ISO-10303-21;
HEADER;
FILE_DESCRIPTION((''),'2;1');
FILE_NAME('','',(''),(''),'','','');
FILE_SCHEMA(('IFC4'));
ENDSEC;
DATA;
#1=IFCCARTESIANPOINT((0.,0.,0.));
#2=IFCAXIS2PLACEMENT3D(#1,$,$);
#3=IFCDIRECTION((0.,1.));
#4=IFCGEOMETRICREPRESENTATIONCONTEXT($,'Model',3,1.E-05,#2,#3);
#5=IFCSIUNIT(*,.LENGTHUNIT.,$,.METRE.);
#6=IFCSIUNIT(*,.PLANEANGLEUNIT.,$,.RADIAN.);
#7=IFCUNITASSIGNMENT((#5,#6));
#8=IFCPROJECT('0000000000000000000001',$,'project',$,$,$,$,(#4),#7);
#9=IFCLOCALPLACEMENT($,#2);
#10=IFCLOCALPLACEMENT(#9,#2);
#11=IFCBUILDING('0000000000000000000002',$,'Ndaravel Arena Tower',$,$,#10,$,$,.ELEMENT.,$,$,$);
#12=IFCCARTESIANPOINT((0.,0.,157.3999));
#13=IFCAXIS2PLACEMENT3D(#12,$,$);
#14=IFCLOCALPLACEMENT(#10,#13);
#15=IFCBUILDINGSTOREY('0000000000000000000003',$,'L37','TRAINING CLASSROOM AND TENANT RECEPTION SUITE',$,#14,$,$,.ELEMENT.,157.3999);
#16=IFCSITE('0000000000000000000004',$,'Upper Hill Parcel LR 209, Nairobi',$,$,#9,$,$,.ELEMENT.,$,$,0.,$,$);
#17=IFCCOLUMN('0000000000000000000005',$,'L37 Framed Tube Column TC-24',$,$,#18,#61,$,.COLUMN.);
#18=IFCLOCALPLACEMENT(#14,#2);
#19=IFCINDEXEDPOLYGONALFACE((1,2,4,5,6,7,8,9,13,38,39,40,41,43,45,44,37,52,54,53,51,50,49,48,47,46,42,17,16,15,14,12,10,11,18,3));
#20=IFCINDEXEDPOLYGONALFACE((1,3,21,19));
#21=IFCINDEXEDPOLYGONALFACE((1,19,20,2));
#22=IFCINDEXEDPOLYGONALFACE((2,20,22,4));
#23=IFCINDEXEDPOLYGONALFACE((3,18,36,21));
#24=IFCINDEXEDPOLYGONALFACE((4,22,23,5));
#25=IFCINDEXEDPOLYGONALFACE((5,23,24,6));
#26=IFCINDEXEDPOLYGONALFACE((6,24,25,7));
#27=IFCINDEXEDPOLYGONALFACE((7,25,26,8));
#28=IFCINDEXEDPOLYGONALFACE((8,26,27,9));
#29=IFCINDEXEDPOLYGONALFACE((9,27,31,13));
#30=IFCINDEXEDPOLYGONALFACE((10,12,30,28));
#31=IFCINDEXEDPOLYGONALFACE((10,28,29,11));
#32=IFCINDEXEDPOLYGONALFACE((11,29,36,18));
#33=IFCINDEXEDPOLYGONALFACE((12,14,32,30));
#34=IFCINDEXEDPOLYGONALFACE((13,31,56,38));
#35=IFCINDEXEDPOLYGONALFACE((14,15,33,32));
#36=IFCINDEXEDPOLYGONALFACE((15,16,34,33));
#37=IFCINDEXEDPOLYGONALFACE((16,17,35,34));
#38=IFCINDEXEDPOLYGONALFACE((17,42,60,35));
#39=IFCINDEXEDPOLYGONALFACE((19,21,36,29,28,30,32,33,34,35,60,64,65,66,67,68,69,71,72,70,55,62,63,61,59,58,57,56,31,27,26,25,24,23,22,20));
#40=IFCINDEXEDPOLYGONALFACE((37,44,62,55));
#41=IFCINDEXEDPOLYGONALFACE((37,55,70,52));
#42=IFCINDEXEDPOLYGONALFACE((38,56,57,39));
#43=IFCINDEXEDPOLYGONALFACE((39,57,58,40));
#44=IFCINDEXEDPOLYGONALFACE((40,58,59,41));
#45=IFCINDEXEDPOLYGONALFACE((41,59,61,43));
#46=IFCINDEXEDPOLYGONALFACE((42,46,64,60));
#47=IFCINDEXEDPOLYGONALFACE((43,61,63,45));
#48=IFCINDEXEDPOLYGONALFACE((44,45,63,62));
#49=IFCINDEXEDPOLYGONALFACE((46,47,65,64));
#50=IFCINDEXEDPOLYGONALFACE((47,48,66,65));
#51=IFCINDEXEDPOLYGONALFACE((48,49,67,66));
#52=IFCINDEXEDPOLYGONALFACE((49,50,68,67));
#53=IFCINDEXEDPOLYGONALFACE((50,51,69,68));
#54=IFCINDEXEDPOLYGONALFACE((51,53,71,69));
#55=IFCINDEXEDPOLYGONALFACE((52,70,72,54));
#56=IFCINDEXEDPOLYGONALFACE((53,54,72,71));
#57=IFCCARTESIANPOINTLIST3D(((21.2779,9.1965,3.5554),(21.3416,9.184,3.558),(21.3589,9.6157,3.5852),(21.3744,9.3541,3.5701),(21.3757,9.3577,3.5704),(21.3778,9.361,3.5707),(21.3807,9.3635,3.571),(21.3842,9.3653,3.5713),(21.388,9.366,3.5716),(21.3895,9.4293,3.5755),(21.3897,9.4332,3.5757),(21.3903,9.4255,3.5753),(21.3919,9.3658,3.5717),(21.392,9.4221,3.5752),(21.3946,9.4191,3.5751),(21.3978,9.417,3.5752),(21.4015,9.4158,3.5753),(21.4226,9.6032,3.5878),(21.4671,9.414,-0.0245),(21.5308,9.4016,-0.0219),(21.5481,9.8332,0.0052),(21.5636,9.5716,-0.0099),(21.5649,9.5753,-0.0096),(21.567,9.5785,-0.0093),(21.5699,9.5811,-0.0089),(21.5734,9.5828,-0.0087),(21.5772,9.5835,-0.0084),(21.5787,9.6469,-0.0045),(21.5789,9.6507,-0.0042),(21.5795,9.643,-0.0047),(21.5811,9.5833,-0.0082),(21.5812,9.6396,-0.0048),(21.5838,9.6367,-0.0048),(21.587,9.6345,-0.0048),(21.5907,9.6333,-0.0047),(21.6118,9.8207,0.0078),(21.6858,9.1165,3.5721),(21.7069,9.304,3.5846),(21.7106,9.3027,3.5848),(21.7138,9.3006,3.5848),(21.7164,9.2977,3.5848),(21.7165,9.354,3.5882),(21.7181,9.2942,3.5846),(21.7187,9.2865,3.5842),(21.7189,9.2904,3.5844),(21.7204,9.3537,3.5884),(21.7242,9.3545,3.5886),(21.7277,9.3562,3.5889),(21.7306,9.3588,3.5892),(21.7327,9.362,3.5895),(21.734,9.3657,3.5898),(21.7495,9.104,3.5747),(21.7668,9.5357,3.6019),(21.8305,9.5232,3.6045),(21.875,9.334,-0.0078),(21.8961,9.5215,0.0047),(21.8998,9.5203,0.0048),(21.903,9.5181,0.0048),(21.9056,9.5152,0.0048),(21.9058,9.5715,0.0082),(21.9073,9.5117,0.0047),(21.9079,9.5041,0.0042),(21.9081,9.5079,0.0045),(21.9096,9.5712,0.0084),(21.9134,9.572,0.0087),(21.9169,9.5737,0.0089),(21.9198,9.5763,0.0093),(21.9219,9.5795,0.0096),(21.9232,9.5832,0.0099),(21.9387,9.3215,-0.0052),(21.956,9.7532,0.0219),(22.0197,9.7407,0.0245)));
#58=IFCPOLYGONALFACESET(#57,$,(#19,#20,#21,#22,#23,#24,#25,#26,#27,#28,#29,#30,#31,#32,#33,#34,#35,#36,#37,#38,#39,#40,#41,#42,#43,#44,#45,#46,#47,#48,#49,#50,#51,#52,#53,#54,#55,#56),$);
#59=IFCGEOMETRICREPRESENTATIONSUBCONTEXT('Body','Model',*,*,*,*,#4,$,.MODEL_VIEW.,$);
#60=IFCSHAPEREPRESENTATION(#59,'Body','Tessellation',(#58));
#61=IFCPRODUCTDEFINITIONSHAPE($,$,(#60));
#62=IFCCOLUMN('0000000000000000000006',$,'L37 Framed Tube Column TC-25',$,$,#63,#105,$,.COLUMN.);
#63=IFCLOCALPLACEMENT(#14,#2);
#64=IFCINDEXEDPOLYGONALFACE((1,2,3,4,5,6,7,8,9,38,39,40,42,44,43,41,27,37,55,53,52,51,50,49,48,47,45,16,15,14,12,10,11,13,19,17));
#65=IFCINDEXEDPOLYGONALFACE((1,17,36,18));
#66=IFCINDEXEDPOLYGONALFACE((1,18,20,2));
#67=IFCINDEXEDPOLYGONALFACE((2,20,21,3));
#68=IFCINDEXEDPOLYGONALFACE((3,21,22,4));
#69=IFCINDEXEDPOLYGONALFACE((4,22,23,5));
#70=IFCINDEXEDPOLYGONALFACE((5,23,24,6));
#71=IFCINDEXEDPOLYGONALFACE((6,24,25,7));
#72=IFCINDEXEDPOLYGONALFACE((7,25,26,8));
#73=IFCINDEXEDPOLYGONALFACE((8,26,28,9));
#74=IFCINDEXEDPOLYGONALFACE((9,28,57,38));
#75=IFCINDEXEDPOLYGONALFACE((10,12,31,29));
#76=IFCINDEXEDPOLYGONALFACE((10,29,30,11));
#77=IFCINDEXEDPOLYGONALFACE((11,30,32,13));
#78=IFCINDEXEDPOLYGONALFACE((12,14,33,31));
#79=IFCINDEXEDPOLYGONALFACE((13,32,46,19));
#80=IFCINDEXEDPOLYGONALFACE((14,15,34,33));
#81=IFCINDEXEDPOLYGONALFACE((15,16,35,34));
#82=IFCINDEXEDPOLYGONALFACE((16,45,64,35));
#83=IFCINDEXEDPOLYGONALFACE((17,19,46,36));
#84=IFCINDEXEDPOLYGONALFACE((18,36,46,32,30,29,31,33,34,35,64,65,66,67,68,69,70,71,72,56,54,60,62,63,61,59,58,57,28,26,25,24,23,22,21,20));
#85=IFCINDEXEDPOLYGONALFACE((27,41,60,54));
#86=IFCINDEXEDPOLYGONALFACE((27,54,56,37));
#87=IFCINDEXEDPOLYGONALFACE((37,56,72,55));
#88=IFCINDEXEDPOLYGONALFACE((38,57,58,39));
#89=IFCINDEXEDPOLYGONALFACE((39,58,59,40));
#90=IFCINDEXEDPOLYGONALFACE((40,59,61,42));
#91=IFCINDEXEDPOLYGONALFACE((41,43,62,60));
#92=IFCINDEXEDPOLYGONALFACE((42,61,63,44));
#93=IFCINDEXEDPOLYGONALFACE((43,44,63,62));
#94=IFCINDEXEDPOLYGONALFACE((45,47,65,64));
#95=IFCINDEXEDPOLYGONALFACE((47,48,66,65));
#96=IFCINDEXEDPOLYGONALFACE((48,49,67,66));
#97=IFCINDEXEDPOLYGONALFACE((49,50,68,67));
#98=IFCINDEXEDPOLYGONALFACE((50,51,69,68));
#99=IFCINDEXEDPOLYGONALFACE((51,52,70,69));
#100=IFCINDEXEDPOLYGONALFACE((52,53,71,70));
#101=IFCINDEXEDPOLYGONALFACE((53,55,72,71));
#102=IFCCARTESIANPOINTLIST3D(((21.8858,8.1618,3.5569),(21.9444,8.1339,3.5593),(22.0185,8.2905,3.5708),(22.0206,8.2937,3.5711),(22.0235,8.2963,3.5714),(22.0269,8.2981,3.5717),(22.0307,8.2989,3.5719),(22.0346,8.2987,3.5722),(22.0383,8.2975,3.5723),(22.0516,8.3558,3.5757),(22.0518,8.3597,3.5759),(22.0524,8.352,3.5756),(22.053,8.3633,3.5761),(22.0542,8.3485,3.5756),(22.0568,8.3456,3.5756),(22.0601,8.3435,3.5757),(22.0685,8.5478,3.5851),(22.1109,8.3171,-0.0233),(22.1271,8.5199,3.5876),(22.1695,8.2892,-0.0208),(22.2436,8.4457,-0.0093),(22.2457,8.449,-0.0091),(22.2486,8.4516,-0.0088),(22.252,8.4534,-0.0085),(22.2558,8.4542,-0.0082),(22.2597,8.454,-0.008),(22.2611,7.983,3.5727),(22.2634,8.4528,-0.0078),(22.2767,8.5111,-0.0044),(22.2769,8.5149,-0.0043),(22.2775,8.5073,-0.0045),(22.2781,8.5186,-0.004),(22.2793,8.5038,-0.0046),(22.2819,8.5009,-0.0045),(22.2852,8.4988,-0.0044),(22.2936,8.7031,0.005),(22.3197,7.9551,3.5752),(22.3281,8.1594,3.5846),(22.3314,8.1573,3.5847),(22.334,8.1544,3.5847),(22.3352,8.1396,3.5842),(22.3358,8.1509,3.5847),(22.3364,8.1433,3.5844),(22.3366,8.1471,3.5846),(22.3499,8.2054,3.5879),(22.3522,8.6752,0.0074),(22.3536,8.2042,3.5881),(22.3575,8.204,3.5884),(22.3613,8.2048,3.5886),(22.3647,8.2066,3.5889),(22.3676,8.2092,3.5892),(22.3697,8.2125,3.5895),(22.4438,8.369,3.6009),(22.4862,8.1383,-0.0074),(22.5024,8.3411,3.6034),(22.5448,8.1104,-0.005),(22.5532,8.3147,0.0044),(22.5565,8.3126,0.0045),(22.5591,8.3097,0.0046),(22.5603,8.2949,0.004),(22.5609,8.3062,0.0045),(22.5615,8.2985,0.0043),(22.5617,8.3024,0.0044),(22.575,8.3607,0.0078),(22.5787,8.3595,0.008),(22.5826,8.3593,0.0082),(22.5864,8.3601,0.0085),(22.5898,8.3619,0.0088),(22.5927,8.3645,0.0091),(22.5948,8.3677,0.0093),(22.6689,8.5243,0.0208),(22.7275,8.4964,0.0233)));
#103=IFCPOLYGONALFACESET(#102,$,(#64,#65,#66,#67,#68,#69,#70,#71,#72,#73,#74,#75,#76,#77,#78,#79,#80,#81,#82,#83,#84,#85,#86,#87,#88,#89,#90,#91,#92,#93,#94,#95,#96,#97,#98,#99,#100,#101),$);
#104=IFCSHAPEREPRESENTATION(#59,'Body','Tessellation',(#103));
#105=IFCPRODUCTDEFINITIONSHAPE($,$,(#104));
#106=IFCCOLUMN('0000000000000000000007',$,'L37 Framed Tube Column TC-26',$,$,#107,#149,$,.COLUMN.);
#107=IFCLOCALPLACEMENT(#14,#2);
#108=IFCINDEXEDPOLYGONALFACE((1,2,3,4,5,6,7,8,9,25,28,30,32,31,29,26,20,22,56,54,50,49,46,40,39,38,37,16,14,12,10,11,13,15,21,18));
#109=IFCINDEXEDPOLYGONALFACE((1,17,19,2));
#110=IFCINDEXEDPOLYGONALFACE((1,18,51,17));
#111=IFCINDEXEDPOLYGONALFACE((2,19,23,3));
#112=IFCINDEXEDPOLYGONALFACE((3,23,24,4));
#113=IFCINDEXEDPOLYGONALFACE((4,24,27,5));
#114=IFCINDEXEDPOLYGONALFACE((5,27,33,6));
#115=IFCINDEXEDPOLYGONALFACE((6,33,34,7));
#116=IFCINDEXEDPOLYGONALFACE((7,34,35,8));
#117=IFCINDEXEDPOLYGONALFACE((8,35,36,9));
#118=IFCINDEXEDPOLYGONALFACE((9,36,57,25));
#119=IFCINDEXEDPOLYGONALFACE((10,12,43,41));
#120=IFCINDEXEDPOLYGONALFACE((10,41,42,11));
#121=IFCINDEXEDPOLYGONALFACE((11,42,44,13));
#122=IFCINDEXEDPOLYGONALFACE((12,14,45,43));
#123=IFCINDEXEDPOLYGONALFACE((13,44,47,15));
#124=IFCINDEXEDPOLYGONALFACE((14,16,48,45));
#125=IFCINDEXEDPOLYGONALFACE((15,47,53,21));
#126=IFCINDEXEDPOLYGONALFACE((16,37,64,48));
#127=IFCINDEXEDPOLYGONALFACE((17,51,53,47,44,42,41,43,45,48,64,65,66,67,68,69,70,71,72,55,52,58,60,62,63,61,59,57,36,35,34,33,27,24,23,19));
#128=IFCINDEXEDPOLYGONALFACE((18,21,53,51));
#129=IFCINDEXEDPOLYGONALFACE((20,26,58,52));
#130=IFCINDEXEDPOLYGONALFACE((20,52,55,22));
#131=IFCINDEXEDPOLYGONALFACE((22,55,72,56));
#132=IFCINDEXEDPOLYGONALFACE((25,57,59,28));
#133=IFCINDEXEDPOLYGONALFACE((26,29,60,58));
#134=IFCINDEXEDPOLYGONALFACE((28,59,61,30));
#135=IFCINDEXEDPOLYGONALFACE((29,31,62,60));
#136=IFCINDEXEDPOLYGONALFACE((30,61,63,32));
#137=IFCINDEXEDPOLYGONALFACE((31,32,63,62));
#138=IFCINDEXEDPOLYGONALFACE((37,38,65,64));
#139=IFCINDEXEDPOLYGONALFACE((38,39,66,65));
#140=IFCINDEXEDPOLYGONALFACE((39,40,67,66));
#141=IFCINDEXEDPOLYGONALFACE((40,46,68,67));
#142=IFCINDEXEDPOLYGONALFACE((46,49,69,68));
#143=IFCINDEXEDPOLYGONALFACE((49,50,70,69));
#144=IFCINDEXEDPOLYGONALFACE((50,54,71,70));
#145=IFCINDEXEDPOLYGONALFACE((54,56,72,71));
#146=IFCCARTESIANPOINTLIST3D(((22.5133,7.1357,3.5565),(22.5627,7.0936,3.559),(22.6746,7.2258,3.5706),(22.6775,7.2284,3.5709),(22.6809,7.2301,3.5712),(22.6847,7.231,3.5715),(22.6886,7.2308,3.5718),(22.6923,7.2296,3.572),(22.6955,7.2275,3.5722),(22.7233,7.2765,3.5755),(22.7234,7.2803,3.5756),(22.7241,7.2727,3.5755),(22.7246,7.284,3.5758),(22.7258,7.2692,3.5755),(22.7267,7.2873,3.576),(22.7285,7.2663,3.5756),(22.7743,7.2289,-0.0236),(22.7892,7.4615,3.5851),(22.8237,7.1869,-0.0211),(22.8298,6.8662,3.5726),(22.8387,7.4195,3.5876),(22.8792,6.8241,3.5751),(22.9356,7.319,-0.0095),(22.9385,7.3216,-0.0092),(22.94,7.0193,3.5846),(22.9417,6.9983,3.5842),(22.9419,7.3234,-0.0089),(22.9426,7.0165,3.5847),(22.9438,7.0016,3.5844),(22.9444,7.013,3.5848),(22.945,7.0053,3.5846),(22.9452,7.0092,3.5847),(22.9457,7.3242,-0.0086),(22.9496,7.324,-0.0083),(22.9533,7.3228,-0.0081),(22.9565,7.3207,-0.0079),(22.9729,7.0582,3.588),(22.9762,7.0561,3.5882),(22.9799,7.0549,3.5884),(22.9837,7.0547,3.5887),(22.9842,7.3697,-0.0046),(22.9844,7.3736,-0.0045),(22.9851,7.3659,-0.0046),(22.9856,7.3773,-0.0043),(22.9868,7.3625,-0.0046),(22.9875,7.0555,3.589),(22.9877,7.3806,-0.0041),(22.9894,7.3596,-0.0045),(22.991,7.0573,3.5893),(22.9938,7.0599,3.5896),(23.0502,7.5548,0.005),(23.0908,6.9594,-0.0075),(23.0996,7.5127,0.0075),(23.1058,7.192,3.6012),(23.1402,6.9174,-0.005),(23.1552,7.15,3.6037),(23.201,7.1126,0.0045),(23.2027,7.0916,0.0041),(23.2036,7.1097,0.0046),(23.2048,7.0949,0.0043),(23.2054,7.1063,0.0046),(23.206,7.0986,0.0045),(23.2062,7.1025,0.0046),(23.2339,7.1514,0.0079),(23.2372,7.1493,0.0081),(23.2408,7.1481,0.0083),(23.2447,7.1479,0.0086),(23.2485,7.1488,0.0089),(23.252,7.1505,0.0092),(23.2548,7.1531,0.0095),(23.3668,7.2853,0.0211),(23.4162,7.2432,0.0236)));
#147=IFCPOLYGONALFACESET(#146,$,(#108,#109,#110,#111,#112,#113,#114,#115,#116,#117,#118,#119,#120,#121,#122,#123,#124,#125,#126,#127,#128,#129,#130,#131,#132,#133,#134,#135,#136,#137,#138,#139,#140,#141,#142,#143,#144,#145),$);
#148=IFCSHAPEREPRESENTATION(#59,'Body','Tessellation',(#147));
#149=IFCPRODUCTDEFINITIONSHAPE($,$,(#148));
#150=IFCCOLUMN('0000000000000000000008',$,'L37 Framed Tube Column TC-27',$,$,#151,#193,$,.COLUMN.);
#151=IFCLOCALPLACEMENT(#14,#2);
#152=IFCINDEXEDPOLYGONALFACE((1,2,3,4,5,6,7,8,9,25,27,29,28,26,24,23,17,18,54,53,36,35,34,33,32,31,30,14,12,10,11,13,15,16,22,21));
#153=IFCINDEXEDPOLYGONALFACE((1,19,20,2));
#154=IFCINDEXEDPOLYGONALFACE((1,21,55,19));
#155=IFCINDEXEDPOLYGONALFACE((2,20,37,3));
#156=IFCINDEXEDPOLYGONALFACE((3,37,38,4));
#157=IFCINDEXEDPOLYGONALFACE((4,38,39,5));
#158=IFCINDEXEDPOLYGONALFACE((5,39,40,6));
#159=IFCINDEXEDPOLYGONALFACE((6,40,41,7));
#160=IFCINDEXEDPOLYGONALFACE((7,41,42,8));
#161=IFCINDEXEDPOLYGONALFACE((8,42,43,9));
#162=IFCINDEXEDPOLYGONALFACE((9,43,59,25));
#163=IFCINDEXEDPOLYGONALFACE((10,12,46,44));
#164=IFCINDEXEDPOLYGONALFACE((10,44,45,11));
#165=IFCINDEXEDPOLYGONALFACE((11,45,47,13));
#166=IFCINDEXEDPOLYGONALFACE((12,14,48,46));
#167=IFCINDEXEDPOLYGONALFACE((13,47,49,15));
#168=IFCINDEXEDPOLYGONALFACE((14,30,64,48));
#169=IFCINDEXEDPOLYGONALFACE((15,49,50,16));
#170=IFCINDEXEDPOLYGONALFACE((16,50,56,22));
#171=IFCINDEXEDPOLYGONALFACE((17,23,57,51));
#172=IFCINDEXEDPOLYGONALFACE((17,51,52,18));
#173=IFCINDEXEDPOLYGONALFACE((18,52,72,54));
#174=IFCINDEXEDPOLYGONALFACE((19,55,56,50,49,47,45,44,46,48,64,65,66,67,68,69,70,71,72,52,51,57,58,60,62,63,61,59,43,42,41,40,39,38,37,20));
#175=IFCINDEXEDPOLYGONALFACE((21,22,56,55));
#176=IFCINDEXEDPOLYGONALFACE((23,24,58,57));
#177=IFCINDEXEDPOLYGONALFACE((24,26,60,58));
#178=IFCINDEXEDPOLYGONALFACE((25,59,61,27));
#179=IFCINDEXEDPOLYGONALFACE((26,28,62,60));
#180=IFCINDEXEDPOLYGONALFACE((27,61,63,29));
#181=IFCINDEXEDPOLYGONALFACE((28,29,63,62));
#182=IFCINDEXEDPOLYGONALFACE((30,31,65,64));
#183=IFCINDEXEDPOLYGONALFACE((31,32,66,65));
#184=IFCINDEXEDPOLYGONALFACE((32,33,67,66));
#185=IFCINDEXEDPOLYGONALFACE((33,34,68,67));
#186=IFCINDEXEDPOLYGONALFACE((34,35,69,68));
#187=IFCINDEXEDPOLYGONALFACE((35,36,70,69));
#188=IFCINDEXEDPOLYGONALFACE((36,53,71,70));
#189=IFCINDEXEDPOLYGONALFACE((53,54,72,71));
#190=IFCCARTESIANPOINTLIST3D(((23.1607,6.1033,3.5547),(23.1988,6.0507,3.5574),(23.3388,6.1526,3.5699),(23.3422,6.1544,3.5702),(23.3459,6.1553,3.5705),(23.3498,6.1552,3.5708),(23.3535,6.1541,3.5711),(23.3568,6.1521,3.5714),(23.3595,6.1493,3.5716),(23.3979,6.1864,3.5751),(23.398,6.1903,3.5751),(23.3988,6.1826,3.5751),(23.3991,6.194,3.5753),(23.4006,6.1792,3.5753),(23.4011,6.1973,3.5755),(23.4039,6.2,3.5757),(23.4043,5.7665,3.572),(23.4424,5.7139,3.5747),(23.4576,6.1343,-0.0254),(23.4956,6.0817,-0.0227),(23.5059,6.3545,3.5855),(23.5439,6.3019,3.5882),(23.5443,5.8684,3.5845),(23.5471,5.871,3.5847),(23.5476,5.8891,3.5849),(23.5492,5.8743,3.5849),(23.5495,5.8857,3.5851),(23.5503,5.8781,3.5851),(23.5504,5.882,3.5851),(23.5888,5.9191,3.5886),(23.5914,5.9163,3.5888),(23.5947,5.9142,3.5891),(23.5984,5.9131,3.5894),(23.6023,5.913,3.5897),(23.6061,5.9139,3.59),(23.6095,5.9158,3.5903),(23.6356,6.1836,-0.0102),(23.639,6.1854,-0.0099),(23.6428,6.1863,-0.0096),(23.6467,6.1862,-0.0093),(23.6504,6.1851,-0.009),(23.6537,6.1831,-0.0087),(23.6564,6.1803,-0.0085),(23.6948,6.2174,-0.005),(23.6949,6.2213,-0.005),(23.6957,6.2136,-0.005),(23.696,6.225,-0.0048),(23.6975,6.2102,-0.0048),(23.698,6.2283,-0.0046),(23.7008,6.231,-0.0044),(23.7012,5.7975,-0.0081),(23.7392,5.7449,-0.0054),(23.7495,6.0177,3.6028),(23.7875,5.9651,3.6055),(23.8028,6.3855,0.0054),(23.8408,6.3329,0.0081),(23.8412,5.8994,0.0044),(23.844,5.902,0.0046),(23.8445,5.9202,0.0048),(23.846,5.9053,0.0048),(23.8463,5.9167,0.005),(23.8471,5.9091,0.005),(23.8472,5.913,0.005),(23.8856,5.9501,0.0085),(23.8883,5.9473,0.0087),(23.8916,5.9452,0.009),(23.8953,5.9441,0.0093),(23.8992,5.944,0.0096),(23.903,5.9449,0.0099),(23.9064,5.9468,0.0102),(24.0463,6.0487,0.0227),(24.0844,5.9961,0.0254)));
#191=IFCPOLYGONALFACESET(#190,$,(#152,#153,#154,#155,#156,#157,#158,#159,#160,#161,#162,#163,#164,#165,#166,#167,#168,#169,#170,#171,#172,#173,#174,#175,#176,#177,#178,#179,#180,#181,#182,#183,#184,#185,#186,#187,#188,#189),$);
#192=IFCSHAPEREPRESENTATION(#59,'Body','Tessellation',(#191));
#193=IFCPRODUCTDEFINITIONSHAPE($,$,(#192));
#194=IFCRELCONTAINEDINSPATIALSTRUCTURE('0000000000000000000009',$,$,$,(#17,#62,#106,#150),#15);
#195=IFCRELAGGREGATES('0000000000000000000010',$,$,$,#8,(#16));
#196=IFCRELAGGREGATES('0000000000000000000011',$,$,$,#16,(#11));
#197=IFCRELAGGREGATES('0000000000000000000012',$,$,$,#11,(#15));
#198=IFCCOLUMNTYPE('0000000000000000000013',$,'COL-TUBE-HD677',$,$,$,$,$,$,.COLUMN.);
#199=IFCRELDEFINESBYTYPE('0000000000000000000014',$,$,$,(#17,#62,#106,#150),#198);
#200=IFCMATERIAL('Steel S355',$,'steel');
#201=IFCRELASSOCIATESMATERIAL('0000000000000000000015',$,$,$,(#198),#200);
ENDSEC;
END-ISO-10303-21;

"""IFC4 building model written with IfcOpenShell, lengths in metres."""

from ifc_helpers import new_model, si_unit, direction, frame, origin, origin_2d, place, context, subcontext, project, spatial, i_section, extrude, material, material_profile, profile_set, type_object, element, save


model = new_model("IFC4")

# Units and contexts
model_context = context("Model", 3, precision=1e-05, world=origin(), true_north=direction((0.0, 1.0)))
body_context = subcontext(model_context, "Body", "Model", "MODEL_VIEW")
ifc_project = project(units=[si_unit("LENGTHUNIT", "METRE"), si_unit("PLANEANGLEUNIT", "RADIAN")], contexts=[model_context])

# Site, building, storey
site_placement = place(None, origin())
site = spatial("IfcSite", under=ifc_project, at=site_placement, Name="Upper Hill Parcel LR 209, Nairobi", CompositionType="ELEMENT", RefElevation=0.0)
building_placement = place(site_placement, origin())
building = spatial("IfcBuilding", under=site, at=building_placement, Name="Ndaravel Arena Tower", CompositionType="ELEMENT")
storey_placement = place(building_placement, frame((0.0, 0.0, 157.3999)))
storey = spatial("IfcBuildingStorey", under=building, at=storey_placement, Name="L37", Description="TRAINING CLASSROOM AND TENANT RECEPTION SUITE", CompositionType="ELEMENT", Elevation=157.3999)

# Columns
ifc_material_1 = material(Name="Steel S355", Category="steel")
ifc_material_profile_1 = material_profile(ifc_material_1, i_section(OverallWidth=0.428, OverallDepth=0.481, WebThickness=0.051, FlangeThickness=0.0649, FilletRadius=0.0149, at=origin_2d()), Name="HD 400x677")
ifc_profile_set_1 = profile_set([ifc_material_profile_1], Name="Steel S355")
column_type = type_object("IfcColumnType", Name="COL-TUBE-HD677", PredefinedType="COLUMN", material=ifc_profile_set_1)
column_1_placement = place(storey_placement, frame((21.7434, 9.5774, 0.0), z_axis=(-0.05268, -0.060565, 0.996773), x_axis=(0.189267, 0.979462, 0.069516)))
element("IfcColumn", 1, at=column_1_placement, inside=storey, type_object=column_type, Name="L37 Framed Tube Column TC-24", PredefinedType="COLUMN", context=body_context, shape_type="SweptSolid", body=[
    extrude(i_section(OverallWidth=0.428, OverallDepth=0.481, WebThickness=0.051, FlangeThickness=0.0649, FilletRadius=0.0149, at=origin_2d()), origin(), (0.0, 0.0, 1.0), 3.5916),
])
column_2_placement = place(storey_placement, frame((22.4192, 8.4067, 0.0), z_axis=(-0.062692, -0.043246, 0.997096), x_axis=(0.426895, 0.901893, 0.065957)))
element("IfcColumn", 2, at=column_2_placement, inside=storey, type_object=column_type, Name="L37 Framed Tube Column TC-25", PredefinedType="COLUMN", context=body_context, shape_type="SweptSolid", body=[
    extrude(i_section(OverallWidth=0.428, OverallDepth=0.481, WebThickness=0.051, FlangeThickness=0.0649, FilletRadius=0.0149, at=origin_2d()), origin(), (0.0, 0.0, 1.0), 3.5906),
])
column_3_placement = place(storey_placement, frame((23.0952, 7.2361, 0.0), z_axis=(-0.072682, -0.025972, 0.997017), x_axis=(0.644836, 0.761393, 0.066843)))
element("IfcColumn", 3, at=column_3_placement, inside=storey, type_object=column_type, Name="L37 Framed Tube Column TC-26", PredefinedType="COLUMN", context=body_context, shape_type="SweptSolid", body=[
    extrude(i_section(OverallWidth=0.428, OverallDepth=0.481, WebThickness=0.051, FlangeThickness=0.0649, FilletRadius=0.0149, at=origin_2d()), origin(), (0.0, 0.0, 1.0), 3.5908),
])
column_4_placement = place(storey_placement, frame((23.771, 6.0652, 0.0), z_axis=(-0.082637, -0.008631, 0.996542), x_axis=(0.806424, 0.586943, 0.071955)))
element("IfcColumn", 4, at=column_4_placement, inside=storey, type_object=column_type, Name="L37 Framed Tube Column TC-27", PredefinedType="COLUMN", context=body_context, shape_type="SweptSolid", body=[
    extrude(i_section(OverallWidth=0.428, OverallDepth=0.481, WebThickness=0.051, FlangeThickness=0.0649, FilletRadius=0.0149, at=origin_2d()), origin(), (0.0, 0.0, 1.0), 3.5925),
])

save(model, "model.ifc")
